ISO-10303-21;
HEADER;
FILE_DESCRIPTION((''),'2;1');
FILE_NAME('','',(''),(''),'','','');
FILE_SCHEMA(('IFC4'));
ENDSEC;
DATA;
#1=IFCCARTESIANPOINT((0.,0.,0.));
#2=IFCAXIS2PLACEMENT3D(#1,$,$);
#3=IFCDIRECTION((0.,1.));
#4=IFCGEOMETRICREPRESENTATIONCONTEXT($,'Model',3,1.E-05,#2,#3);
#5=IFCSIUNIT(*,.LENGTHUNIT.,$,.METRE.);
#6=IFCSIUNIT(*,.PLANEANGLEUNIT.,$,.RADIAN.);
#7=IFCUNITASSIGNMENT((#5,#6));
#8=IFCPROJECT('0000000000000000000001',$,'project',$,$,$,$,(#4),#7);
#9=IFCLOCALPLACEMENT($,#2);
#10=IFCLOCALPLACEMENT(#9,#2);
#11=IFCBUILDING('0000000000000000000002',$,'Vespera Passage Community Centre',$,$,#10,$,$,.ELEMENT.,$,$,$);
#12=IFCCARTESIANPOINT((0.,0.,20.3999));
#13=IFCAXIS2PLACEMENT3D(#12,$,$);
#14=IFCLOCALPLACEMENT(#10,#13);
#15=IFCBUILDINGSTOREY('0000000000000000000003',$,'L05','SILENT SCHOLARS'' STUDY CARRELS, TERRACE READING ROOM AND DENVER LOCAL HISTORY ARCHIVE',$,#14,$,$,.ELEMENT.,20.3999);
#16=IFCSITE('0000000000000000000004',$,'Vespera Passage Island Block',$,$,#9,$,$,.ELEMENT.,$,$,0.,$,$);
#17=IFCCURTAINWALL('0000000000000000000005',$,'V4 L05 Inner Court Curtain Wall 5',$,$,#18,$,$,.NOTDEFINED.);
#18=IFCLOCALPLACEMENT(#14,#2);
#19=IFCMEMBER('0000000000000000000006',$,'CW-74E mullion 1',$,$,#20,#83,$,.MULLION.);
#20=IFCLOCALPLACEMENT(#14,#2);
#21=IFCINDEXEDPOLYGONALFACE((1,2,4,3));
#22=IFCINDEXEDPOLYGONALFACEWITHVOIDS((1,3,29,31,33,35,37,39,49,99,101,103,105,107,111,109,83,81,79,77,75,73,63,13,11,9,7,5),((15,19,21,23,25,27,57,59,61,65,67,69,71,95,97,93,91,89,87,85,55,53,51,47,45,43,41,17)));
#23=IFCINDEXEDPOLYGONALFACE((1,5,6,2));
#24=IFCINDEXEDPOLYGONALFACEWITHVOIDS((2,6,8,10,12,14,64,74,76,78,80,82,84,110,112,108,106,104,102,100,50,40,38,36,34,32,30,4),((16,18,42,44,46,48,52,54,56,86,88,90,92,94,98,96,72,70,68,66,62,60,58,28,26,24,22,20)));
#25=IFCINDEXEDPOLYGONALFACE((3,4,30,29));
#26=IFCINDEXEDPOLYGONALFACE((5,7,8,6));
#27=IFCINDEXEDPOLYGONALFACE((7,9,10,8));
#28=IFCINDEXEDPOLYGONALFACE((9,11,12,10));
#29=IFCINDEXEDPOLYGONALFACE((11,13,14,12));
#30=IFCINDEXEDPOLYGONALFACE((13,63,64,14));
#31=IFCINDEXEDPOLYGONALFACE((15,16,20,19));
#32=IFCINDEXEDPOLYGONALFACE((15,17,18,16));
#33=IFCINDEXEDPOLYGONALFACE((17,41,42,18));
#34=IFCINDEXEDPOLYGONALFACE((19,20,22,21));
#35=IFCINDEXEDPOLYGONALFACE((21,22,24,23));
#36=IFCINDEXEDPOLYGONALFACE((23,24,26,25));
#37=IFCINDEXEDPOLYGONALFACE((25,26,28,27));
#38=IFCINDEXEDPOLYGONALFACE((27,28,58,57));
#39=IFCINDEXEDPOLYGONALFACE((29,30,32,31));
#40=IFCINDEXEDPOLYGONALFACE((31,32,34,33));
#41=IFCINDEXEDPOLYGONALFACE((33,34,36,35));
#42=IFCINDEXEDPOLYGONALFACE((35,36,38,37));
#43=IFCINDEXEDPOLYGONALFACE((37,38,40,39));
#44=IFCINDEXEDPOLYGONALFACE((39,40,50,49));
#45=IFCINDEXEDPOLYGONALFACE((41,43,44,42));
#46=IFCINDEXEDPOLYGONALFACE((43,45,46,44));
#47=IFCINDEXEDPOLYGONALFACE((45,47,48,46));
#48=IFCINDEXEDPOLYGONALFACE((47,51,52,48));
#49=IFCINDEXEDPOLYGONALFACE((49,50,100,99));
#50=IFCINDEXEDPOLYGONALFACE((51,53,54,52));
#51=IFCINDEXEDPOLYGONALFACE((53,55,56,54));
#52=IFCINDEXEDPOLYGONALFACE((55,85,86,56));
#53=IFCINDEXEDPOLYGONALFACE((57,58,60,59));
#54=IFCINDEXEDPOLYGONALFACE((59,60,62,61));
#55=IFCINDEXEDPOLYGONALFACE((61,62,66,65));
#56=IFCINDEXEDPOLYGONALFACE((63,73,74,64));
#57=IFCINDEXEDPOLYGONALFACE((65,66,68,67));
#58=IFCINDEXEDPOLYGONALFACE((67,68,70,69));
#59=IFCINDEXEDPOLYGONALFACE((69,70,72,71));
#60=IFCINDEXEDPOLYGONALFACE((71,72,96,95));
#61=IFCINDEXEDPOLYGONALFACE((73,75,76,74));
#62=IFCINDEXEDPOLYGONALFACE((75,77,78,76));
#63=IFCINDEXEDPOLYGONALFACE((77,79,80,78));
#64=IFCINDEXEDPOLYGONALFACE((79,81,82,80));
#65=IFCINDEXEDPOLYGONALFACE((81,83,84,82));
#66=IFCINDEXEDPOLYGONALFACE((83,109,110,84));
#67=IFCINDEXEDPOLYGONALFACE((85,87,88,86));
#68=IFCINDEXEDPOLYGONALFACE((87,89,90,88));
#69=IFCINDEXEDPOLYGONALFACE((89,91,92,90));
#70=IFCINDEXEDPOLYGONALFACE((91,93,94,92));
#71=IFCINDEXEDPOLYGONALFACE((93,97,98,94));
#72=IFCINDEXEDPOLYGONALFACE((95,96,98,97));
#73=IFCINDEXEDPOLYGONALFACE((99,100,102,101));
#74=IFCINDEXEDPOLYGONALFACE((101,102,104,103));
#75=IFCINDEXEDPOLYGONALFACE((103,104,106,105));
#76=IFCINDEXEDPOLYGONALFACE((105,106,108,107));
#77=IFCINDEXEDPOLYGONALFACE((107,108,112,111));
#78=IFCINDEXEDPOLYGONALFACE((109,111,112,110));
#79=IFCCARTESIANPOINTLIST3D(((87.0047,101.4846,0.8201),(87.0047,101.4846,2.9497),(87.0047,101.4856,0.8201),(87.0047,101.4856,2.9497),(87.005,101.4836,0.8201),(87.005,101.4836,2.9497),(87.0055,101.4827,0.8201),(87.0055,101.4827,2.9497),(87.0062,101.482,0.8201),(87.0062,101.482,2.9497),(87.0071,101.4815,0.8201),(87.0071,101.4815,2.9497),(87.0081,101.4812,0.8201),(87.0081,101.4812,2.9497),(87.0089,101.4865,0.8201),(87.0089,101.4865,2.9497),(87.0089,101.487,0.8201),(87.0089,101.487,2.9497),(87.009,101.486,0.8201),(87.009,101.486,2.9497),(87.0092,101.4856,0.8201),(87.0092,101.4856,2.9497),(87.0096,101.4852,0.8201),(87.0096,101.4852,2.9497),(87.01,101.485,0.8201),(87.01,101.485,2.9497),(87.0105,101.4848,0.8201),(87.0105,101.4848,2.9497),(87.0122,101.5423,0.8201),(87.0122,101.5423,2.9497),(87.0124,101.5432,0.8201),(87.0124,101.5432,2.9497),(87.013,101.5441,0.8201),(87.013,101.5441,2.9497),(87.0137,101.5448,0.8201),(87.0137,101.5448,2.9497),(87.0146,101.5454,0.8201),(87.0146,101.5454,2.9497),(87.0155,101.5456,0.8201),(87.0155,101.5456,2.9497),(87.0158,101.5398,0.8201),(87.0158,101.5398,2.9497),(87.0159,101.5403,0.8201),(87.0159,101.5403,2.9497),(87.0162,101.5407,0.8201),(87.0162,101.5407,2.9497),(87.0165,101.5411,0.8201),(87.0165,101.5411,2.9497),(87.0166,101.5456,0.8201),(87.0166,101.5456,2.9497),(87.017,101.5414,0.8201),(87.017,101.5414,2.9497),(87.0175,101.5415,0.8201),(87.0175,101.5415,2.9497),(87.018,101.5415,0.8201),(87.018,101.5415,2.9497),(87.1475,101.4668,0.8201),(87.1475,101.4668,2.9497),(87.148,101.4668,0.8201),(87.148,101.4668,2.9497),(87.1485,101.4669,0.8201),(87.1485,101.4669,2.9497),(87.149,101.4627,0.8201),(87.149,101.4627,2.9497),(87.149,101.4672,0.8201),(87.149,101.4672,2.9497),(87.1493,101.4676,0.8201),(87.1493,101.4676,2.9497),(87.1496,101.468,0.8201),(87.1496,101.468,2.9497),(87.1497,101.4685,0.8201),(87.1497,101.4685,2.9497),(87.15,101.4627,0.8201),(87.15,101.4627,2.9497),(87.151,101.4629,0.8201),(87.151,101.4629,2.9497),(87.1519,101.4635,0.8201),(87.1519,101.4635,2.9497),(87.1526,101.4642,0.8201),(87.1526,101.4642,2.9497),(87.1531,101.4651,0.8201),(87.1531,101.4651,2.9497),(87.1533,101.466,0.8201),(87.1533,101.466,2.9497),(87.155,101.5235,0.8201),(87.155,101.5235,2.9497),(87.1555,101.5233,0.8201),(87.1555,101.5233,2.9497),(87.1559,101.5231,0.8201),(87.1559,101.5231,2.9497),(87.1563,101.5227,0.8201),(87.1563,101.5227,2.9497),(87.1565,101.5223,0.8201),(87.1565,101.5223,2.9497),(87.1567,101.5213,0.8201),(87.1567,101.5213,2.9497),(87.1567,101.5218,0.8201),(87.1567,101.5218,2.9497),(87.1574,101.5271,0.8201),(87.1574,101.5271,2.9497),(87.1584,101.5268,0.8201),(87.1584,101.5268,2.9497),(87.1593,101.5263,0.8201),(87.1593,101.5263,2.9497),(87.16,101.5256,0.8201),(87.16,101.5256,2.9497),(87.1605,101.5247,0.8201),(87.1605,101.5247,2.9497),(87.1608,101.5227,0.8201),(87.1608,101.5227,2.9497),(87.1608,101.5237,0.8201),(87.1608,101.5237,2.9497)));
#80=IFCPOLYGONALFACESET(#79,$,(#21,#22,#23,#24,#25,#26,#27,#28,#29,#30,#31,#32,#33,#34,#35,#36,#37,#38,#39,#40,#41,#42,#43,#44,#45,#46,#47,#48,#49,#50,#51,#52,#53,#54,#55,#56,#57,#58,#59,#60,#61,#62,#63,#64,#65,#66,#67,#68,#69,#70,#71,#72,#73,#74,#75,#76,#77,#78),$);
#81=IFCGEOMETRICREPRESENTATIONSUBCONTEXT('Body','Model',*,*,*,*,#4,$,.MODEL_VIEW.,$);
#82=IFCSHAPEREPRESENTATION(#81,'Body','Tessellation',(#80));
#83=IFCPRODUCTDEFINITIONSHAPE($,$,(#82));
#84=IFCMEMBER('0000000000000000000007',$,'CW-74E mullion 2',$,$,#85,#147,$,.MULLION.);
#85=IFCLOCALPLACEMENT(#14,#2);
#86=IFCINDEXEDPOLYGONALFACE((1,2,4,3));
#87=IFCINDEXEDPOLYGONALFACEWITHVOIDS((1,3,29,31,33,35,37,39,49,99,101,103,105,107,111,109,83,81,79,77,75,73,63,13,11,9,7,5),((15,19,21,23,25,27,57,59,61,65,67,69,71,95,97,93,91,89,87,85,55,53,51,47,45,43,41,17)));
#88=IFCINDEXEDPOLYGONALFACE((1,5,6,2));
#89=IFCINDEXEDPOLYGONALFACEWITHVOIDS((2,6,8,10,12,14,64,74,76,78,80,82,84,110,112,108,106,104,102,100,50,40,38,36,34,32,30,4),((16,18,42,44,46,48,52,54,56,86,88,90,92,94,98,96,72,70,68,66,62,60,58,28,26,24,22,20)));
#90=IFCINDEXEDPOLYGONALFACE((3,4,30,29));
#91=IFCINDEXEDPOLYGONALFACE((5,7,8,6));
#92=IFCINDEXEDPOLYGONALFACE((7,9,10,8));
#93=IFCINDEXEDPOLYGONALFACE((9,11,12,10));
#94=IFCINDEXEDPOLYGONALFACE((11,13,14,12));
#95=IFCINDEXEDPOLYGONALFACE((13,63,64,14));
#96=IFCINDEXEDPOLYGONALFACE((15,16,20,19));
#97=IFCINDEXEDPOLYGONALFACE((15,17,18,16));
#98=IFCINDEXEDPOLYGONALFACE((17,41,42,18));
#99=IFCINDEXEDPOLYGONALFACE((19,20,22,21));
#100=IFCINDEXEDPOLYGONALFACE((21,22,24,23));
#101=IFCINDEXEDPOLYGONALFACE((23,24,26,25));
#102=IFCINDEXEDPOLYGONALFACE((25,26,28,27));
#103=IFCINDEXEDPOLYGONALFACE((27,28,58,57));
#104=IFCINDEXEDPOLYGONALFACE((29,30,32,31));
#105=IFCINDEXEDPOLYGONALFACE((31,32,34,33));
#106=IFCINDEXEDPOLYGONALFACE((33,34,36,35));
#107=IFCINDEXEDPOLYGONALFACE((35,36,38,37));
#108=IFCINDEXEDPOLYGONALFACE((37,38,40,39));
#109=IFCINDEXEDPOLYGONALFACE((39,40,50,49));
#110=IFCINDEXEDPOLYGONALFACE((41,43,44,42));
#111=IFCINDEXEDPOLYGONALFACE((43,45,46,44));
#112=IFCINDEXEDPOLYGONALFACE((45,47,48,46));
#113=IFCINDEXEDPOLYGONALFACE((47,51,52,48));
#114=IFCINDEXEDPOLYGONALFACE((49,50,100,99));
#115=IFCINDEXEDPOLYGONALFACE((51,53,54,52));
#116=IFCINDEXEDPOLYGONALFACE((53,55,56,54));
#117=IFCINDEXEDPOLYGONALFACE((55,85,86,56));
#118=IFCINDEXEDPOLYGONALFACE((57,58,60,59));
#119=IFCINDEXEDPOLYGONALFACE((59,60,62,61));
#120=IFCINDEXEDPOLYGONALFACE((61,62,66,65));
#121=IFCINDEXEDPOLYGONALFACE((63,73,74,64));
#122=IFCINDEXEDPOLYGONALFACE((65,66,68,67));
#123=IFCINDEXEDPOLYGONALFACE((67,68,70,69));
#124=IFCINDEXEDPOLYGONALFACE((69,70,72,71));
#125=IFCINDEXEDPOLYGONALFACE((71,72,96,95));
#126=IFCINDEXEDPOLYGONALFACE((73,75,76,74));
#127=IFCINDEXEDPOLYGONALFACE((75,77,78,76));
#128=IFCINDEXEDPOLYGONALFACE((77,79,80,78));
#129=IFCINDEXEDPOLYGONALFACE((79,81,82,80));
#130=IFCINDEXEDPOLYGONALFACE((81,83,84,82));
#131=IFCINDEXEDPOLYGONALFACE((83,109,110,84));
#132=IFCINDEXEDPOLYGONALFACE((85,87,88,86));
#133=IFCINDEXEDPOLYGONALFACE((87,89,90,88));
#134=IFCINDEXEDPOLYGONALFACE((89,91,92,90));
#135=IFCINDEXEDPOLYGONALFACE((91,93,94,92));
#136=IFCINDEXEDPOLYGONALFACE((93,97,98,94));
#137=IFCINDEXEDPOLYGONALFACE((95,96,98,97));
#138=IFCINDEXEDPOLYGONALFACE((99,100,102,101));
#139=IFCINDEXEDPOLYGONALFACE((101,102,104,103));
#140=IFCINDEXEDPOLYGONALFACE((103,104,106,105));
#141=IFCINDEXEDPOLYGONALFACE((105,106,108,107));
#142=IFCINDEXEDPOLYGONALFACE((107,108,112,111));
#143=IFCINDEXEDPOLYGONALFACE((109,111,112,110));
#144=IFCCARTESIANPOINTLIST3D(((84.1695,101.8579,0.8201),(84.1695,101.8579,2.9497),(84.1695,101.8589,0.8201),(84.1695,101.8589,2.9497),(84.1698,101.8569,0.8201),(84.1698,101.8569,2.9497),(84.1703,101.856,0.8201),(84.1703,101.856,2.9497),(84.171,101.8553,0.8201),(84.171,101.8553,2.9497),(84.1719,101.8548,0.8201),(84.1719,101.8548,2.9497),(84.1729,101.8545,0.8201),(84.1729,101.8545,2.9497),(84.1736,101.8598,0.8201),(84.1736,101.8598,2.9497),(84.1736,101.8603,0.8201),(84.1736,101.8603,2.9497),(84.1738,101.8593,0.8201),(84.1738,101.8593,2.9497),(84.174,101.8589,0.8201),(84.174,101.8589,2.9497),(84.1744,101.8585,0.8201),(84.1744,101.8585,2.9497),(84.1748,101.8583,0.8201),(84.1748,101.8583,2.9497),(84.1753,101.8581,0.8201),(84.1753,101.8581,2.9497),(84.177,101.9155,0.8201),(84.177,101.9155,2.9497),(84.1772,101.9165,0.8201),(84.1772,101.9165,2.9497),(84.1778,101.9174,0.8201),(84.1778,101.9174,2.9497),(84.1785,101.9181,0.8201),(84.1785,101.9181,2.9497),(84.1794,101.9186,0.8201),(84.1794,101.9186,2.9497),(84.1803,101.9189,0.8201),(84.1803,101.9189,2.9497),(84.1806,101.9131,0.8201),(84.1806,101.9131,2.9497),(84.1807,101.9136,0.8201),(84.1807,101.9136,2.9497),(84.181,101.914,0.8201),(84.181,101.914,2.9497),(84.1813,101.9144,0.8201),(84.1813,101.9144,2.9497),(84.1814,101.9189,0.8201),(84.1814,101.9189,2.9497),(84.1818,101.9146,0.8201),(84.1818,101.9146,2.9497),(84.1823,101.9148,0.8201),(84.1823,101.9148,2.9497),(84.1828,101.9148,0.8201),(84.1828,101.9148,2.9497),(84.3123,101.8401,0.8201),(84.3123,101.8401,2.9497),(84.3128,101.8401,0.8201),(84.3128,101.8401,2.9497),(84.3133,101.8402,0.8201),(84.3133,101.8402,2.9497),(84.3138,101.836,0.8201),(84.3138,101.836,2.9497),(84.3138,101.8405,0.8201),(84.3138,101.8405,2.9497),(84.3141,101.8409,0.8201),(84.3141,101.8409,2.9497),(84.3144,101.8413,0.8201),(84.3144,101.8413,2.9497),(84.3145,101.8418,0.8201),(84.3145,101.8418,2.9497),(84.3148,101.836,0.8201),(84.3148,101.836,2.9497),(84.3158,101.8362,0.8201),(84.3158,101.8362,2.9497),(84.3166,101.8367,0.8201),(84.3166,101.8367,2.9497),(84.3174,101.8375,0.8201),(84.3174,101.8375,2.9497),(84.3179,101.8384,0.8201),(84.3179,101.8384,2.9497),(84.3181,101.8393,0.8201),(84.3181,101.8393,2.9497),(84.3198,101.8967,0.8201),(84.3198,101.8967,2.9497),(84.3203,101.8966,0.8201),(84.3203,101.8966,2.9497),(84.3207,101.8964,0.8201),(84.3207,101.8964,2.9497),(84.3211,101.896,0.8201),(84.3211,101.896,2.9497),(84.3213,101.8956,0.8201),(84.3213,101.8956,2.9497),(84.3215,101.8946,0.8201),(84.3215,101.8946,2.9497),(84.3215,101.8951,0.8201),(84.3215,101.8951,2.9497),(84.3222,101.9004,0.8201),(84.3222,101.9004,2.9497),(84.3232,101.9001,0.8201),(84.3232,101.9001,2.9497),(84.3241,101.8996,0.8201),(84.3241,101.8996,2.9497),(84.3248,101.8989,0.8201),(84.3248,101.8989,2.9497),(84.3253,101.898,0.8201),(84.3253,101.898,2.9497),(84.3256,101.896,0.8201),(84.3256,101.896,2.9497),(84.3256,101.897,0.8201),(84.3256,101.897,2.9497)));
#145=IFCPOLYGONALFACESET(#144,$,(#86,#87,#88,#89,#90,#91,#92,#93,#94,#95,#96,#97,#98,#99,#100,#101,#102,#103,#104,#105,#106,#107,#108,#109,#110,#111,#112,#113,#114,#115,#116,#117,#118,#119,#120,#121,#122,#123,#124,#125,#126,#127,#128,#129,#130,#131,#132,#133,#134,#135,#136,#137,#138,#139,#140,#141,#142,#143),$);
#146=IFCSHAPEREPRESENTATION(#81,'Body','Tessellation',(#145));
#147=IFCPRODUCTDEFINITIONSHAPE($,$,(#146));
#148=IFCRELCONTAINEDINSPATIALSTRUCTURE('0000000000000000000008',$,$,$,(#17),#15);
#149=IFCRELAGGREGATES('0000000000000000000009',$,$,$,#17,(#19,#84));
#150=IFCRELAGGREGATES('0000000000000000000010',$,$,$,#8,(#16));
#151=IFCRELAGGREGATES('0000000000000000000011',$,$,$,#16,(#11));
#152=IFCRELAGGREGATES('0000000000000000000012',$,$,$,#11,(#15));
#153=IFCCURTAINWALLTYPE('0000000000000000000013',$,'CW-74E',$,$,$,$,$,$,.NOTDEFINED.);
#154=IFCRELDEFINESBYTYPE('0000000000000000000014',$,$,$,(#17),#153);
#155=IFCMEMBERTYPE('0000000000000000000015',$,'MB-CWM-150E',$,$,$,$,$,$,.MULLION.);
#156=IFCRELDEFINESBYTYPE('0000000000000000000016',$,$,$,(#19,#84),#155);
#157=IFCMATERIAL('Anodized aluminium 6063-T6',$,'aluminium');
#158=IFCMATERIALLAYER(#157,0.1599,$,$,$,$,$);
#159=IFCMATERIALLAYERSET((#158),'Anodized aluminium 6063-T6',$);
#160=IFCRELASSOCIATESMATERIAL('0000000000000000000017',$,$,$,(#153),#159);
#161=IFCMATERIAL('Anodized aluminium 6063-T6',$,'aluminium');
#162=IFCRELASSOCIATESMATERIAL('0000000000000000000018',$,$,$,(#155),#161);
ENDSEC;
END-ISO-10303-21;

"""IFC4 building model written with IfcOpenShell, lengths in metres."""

from ifc_helpers import new_model, si_unit, direction, frame, origin, origin_2d, place, context, subcontext, project, spatial, hollow_rectangle, extrude, material, layer, layer_set, material_profile, profile_set, type_object, element, aggregate, save


model = new_model("IFC4")

# Units and contexts
model_context = context("Model", 3, precision=1e-05, world=origin(), true_north=direction((0.0, 1.0)))
body_context = subcontext(model_context, "Body", "Model", "MODEL_VIEW")
ifc_project = project(units=[si_unit("LENGTHUNIT", "METRE"), si_unit("PLANEANGLEUNIT", "RADIAN")], contexts=[model_context])

# Site, building, storey
site_placement = place(None, origin())
site = spatial("IfcSite", under=ifc_project, at=site_placement, Name="Vespera Passage Island Block", CompositionType="ELEMENT", RefElevation=0.0)
building_placement = place(site_placement, origin())
building = spatial("IfcBuilding", under=site, at=building_placement, Name="Vespera Passage Community Centre", CompositionType="ELEMENT")
storey_placement = place(building_placement, frame((0.0, 0.0, 20.3999)))
storey = spatial("IfcBuildingStorey", under=building, at=storey_placement, Name="L05", Description="SILENT SCHOLARS' STUDY CARRELS, TERRACE READING ROOM AND DENVER LOCAL HISTORY ARCHIVE", CompositionType="ELEMENT", Elevation=20.3999)

# Curtain wall, members
ifc_material_1 = material(Name="Anodized aluminium 6063-T6", Category="aluminium")
ifc_layer_1 = layer(ifc_material_1, 0.1599)
ifc_layer_set_1 = layer_set([ifc_layer_1], Name="Anodized aluminium 6063-T6")
curtain_wall_type_1 = type_object("IfcCurtainWallType", Name="CW-74E", PredefinedType="NOTDEFINED", material=ifc_layer_set_1)
curtain_wall_1_placement = place(storey_placement, origin())
curtain_wall_1 = element("IfcCurtainWall", 1, at=curtain_wall_1_placement, inside=storey, type_object=curtain_wall_type_1, Name="V4 L05 Inner Court Curtain Wall 5", PredefinedType="NOTDEFINED")
ifc_material_2 = material(Name="Anodized aluminium 6063-T6", Category="aluminium")
ifc_material_profile_1 = material_profile(ifc_material_2, hollow_rectangle(XDim=0.0649, YDim=0.1499, WallThickness=0.0039, InnerFilletRadius=0.002, OuterFilletRadius=0.0039, at=origin_2d()), Name="ALU150X65X4")
ifc_profile_set_1 = profile_set([ifc_material_profile_1], Name="Anodized aluminium 6063-T6")
member_type_1 = type_object("IfcMemberType", Name="MB-CWM-150E", PredefinedType="MULLION", material=ifc_profile_set_1)
member_1_placement = place(storey_placement, frame((87.0828, 101.5042, 0.8201), z_axis=(0.0, 0.0, 1.0), x_axis=(-0.130522, -0.991445, 0.0)))
member_1 = element("IfcMember", 2, at=member_1_placement, type_object=member_type_1, Name="CW-74E mullion 1", PredefinedType="MULLION", context=body_context, shape_type="SweptSolid", body=[
    extrude(hollow_rectangle(XDim=0.0649, YDim=0.1499, WallThickness=0.0039, InnerFilletRadius=0.002, OuterFilletRadius=0.0039, at=origin_2d()), origin(), (0.0, 0.0, 1.0), 2.1296),
])
member_2_placement = place(storey_placement, frame((84.2476, 101.8774, 0.8201), z_axis=(0.0, 0.0, 1.0), x_axis=(-0.130522, -0.991445, 0.0)))
member_2 = element("IfcMember", 3, at=member_2_placement, type_object=member_type_1, Name="CW-74E mullion 2", PredefinedType="MULLION", context=body_context, shape_type="SweptSolid", body=[
    extrude(hollow_rectangle(XDim=0.0649, YDim=0.1499, WallThickness=0.0039, InnerFilletRadius=0.002, OuterFilletRadius=0.0039, at=origin_2d()), origin(), (0.0, 0.0, 1.0), 2.1296),
])

aggregate(curtain_wall_1, [member_1, member_2])

save(model, "model.ifc")
